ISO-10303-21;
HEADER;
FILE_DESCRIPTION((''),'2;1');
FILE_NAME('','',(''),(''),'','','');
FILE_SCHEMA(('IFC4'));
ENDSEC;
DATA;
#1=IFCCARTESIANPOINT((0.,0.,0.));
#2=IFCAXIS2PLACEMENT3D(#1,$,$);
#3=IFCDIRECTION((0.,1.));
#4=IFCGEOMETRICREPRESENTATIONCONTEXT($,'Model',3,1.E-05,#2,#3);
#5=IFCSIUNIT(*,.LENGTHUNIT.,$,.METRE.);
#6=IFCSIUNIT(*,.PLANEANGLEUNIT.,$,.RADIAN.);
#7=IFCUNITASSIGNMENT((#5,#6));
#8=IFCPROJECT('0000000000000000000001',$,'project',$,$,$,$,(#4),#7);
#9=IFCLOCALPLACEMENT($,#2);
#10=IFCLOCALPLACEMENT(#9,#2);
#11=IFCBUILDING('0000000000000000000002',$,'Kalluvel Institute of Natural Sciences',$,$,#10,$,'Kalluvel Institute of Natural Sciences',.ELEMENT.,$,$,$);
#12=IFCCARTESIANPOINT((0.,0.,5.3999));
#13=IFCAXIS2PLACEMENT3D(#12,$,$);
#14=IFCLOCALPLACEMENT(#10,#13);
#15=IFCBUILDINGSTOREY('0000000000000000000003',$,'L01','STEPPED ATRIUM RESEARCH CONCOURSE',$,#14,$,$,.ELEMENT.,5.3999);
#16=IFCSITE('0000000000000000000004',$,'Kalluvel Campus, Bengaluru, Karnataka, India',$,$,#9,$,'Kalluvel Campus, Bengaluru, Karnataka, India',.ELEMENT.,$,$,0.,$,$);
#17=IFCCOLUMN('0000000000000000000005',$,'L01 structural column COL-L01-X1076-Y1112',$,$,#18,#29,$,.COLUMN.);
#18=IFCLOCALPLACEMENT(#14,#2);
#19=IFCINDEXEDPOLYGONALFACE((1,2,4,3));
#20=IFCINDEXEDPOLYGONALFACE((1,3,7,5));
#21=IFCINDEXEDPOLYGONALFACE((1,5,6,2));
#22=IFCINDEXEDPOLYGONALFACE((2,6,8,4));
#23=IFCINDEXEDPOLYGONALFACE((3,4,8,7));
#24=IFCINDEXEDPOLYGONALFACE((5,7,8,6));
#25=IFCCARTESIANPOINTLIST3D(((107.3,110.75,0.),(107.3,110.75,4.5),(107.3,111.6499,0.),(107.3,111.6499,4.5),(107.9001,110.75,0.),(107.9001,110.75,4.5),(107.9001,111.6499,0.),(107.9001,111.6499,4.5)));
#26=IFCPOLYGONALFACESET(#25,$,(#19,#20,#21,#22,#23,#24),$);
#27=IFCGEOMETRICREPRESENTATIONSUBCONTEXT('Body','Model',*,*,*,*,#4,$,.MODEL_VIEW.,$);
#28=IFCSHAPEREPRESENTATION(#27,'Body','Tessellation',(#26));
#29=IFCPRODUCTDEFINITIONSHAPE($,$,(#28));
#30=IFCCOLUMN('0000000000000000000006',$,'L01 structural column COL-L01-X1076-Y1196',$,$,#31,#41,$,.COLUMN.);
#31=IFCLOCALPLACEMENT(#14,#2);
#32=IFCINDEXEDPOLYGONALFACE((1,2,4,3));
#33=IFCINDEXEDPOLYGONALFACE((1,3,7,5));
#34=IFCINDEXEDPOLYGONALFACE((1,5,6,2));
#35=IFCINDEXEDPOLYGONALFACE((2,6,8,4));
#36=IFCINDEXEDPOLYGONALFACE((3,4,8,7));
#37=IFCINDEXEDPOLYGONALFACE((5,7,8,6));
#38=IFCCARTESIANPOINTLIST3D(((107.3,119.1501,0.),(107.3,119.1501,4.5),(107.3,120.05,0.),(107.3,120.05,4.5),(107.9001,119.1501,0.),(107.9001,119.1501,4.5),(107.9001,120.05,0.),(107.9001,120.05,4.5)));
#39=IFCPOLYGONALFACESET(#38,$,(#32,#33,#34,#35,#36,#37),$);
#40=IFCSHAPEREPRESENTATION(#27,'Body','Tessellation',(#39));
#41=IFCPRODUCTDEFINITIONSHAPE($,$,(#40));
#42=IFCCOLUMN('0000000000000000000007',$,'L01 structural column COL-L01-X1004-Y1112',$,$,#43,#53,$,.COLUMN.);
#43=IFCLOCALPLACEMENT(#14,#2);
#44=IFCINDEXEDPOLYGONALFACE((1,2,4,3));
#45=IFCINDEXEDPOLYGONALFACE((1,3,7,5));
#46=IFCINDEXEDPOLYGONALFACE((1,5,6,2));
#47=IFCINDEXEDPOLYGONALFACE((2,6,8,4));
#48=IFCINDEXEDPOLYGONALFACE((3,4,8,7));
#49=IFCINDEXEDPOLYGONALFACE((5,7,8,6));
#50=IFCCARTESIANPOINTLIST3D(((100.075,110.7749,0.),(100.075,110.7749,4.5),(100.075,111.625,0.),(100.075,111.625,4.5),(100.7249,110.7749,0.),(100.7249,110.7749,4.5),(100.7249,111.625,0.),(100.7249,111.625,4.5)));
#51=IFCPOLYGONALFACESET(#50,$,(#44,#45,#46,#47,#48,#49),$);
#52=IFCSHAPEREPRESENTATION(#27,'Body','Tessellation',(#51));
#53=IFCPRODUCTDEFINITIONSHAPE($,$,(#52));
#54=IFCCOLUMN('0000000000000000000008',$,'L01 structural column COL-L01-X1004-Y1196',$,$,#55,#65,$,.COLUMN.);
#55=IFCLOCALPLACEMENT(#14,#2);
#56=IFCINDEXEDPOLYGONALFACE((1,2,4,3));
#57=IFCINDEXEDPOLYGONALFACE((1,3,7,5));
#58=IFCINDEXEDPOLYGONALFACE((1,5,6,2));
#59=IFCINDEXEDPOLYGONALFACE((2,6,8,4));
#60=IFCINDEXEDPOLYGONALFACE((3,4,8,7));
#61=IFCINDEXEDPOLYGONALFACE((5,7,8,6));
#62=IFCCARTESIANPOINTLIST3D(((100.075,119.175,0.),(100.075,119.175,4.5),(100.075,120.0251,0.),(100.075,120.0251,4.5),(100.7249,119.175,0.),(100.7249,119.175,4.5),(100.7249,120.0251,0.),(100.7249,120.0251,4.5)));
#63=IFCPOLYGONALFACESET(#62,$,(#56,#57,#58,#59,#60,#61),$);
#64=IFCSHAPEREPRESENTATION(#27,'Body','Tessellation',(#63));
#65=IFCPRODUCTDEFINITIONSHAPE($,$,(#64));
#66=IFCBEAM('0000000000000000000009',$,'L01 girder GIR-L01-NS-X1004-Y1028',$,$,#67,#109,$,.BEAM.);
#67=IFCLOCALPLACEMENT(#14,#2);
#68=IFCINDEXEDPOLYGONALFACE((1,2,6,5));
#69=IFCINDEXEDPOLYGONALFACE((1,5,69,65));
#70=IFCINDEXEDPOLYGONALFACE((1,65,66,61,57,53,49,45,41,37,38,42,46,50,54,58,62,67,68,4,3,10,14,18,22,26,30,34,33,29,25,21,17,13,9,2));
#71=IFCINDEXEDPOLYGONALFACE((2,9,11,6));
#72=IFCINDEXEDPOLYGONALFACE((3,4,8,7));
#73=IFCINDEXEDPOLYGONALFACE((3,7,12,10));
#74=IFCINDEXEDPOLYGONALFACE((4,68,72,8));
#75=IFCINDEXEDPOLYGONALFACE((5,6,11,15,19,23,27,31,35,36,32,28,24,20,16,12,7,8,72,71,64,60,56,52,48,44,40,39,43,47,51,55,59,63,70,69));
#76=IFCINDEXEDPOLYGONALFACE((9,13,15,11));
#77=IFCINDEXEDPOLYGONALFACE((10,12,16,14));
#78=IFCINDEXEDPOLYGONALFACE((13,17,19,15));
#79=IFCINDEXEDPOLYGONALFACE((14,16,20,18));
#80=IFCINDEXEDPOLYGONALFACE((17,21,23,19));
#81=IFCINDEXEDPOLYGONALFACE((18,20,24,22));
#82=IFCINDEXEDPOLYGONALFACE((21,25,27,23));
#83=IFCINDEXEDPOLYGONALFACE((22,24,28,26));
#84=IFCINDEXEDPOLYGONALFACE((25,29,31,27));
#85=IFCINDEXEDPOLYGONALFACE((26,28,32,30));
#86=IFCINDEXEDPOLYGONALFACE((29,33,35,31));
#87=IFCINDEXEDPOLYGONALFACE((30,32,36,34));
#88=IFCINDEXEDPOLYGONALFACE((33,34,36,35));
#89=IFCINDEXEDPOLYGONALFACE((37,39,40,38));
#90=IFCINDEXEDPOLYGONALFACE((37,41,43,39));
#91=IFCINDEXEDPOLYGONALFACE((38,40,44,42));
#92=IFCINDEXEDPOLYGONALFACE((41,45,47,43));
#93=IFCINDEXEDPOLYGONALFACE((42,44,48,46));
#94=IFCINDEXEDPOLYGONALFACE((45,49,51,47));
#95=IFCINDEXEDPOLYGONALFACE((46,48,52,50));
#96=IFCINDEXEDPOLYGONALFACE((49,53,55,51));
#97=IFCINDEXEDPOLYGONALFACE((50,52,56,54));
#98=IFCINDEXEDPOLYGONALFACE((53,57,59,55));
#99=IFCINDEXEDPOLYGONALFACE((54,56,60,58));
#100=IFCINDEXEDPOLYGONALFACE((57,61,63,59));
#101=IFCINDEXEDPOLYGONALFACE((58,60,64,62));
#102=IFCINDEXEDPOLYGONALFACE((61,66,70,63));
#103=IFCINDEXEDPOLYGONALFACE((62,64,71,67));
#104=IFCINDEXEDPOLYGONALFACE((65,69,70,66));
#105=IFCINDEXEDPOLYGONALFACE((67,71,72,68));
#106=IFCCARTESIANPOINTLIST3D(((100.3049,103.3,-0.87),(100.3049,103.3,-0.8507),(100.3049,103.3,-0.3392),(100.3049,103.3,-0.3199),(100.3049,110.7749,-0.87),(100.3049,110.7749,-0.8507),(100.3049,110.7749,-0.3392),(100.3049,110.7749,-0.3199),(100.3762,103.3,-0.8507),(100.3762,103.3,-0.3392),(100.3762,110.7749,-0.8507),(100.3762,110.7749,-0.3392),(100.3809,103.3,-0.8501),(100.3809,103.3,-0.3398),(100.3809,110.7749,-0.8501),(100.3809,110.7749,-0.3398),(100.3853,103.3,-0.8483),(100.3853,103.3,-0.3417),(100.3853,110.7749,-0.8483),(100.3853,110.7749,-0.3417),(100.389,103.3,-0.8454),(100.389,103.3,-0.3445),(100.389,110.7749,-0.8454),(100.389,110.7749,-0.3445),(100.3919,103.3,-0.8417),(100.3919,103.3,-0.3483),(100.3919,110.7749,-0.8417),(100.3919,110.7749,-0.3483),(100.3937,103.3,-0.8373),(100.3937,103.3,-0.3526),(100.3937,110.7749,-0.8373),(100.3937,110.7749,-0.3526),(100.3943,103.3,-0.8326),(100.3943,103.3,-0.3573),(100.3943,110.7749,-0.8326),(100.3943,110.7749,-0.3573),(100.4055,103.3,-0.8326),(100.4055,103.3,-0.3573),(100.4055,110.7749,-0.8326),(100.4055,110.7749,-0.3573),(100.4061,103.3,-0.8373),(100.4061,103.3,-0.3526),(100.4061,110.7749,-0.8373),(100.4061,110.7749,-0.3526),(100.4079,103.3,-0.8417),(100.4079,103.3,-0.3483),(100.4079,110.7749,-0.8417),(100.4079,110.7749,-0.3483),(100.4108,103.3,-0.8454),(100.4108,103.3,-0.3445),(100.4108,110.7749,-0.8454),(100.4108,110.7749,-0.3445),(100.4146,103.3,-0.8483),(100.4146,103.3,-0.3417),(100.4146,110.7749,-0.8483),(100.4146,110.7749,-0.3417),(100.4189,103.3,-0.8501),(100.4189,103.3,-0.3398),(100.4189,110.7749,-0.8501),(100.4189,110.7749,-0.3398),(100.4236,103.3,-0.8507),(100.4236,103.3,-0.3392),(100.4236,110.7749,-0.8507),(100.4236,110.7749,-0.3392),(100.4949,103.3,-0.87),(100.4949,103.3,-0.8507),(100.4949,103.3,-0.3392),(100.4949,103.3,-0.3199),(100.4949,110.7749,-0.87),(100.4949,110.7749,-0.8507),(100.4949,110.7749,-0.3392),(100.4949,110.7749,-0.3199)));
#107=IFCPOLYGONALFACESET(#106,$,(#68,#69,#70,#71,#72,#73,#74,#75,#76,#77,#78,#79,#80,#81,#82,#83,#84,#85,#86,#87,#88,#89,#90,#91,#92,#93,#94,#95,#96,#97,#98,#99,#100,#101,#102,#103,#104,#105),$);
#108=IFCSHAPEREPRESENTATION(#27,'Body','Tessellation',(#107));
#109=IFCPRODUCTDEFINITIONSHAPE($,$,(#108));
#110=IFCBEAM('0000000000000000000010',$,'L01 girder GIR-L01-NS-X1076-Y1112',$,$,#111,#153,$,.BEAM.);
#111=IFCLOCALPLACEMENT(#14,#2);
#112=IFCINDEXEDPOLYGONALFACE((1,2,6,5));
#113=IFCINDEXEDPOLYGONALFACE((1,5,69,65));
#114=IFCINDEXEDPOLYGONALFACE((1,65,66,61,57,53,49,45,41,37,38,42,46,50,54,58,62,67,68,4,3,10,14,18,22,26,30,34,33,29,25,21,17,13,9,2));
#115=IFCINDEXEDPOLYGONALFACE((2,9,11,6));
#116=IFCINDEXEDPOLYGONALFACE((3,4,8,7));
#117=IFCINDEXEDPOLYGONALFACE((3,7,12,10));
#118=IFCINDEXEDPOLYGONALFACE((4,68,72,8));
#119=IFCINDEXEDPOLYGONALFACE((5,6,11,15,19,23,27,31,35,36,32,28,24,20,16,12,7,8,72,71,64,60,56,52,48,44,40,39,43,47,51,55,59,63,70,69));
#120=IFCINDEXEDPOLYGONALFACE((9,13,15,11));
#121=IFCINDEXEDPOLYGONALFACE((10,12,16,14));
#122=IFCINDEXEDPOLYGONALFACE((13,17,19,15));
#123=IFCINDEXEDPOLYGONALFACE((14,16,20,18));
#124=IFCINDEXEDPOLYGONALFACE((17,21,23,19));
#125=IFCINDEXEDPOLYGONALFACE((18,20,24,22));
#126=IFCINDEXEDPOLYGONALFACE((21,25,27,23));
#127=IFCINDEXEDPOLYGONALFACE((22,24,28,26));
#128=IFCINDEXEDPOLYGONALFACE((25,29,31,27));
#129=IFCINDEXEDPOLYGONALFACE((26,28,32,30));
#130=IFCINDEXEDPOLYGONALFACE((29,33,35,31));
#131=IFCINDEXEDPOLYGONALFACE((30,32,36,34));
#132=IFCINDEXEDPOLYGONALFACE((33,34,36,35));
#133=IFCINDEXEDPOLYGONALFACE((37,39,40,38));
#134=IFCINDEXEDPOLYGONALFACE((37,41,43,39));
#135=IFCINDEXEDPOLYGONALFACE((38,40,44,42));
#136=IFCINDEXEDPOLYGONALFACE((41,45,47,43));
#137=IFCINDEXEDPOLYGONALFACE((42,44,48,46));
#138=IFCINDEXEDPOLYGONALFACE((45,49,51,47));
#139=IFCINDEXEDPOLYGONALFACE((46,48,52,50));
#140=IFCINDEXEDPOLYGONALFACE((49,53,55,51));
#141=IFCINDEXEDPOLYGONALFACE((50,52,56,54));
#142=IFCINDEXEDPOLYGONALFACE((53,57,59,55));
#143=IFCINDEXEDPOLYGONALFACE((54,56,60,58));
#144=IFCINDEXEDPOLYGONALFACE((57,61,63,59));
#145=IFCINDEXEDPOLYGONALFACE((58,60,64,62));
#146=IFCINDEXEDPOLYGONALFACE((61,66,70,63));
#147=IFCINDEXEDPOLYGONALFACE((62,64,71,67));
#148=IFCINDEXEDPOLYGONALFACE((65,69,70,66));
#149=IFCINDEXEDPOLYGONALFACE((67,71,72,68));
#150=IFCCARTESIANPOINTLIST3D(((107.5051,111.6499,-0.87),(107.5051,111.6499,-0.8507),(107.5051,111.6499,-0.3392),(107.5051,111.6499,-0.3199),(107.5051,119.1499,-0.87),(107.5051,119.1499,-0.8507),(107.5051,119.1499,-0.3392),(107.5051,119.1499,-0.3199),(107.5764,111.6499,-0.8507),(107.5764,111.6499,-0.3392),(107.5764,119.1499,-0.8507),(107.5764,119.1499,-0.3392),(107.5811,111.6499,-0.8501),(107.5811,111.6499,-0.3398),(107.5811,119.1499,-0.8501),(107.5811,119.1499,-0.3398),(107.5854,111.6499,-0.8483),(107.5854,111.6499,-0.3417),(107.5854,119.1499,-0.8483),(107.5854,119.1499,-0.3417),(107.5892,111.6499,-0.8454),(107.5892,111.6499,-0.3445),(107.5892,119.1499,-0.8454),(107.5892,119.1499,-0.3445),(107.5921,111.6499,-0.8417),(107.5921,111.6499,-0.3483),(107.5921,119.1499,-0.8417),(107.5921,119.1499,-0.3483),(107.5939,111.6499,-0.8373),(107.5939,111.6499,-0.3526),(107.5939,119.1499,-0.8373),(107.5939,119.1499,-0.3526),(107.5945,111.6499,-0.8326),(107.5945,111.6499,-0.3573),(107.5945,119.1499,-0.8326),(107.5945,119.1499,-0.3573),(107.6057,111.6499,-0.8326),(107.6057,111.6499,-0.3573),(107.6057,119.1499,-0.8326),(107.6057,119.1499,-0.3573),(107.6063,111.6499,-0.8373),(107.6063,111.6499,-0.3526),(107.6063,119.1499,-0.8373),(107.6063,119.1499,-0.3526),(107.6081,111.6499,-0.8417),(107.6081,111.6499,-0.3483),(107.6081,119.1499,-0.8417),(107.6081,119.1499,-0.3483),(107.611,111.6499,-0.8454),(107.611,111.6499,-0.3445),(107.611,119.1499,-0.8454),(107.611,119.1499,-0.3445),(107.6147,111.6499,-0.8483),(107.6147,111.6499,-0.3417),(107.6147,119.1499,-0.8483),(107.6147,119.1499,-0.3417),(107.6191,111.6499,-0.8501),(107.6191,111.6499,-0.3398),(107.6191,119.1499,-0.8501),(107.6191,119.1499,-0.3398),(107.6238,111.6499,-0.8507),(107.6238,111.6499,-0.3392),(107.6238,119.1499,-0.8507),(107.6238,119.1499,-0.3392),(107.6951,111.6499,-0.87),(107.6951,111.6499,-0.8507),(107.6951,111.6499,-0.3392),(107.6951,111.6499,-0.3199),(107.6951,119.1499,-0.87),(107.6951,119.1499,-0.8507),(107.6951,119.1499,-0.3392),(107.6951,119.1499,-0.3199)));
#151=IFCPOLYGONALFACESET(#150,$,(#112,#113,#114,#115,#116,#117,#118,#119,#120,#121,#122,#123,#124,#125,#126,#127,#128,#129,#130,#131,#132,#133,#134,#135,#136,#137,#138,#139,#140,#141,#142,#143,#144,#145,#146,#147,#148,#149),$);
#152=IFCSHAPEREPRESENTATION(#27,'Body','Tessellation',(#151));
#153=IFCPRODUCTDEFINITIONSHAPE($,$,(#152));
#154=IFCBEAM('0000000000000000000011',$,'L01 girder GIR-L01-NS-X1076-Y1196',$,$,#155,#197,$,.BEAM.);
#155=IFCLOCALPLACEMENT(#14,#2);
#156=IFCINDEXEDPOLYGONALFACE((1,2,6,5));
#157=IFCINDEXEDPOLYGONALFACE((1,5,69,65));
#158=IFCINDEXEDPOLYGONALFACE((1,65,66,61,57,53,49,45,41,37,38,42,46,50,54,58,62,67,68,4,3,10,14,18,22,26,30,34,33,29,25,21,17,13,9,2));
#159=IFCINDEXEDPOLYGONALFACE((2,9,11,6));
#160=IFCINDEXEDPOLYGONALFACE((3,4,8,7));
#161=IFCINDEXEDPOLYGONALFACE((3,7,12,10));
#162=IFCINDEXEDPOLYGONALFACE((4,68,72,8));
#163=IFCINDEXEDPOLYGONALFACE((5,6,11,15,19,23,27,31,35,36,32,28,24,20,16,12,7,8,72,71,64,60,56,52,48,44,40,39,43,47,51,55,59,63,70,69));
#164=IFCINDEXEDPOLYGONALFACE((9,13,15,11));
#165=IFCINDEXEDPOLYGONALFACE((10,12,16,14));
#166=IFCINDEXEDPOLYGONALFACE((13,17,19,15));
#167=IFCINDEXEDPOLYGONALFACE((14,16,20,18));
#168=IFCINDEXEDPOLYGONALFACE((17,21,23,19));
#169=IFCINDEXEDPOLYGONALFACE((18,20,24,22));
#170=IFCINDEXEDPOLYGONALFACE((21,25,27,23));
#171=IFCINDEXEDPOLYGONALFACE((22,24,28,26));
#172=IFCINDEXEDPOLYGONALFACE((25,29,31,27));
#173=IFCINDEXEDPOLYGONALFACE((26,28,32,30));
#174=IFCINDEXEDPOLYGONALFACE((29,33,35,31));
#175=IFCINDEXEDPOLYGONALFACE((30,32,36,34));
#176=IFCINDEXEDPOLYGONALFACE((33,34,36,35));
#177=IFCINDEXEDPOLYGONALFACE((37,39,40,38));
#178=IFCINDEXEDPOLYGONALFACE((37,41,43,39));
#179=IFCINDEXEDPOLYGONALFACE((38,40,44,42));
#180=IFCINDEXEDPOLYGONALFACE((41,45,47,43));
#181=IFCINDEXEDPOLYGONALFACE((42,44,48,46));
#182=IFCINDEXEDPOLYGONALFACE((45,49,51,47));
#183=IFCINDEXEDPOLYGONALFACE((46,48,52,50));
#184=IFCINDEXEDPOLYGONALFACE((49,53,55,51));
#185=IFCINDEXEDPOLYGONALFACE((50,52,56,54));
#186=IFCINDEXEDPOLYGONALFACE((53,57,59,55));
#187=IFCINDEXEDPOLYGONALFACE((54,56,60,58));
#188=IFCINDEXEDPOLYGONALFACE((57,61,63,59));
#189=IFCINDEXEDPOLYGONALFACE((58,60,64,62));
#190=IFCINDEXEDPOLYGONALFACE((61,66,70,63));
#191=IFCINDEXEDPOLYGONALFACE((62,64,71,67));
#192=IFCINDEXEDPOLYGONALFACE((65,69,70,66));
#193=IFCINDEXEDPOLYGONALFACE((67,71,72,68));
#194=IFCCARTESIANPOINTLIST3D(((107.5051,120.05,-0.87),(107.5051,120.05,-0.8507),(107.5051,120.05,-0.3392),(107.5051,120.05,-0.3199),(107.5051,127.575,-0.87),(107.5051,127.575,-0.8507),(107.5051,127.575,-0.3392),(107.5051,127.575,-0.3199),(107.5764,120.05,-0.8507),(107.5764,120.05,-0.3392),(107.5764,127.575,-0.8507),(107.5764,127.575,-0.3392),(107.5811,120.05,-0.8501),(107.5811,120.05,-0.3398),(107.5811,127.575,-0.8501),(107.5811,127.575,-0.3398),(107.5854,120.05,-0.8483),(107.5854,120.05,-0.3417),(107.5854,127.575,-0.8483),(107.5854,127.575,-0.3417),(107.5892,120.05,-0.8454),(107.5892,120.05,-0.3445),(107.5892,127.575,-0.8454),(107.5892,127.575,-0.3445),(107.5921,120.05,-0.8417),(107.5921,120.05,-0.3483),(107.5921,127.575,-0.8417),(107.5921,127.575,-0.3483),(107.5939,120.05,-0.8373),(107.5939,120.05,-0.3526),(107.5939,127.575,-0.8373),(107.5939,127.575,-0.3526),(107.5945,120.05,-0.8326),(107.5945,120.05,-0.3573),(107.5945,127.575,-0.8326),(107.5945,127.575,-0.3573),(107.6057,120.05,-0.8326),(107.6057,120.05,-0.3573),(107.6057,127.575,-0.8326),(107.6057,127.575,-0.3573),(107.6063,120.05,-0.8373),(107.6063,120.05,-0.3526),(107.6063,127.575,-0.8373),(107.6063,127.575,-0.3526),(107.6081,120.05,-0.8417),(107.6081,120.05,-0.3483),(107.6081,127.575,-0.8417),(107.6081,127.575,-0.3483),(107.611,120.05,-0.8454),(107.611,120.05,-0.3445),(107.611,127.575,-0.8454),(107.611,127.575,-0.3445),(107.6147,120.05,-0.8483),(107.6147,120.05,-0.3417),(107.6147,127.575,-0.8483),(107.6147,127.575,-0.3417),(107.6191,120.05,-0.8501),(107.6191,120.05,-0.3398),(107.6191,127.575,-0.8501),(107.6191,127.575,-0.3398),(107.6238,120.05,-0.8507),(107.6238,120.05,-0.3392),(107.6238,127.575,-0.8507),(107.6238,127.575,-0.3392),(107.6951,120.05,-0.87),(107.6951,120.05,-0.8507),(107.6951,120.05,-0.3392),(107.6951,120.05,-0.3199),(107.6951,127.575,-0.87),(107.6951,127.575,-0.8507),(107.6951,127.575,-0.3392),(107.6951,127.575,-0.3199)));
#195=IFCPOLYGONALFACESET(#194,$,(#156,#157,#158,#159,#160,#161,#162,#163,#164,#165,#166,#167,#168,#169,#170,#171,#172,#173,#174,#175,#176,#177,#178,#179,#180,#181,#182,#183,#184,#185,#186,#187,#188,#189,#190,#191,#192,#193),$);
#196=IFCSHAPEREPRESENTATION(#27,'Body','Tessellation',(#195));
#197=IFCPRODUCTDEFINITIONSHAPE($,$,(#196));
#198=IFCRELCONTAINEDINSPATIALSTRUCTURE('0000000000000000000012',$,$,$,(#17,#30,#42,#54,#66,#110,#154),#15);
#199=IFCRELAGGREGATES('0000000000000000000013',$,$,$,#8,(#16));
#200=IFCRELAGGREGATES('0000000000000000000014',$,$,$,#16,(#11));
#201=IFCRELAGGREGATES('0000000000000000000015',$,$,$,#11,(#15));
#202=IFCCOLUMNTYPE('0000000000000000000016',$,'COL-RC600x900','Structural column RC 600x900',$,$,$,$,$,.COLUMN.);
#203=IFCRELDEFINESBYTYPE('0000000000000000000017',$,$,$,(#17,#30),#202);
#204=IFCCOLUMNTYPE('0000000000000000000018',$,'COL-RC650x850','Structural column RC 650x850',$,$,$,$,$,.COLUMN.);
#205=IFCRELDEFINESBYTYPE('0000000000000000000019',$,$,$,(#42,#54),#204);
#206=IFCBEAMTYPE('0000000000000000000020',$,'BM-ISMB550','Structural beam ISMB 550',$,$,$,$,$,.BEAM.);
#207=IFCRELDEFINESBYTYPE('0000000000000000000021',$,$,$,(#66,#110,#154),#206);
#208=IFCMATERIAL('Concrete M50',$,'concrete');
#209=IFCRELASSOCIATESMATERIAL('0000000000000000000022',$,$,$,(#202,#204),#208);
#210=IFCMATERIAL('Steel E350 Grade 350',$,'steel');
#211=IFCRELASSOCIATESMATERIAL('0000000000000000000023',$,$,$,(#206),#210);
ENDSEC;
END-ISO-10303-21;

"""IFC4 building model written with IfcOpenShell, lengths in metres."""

from ifc_helpers import new_model, si_unit, direction, frame, origin, origin_2d, place, context, subcontext, project, spatial, rectangle, i_section, extrude, material, material_profile, profile_set, type_object, element, save


model = new_model("IFC4")

# Units and contexts
model_context = context("Model", 3, precision=1e-05, world=origin(), true_north=direction((0.0, 1.0)))
body_context = subcontext(model_context, "Body", "Model", "MODEL_VIEW")
ifc_project = project(units=[si_unit("LENGTHUNIT", "METRE"), si_unit("PLANEANGLEUNIT", "RADIAN")], contexts=[model_context])

# Site, building, storey
site_placement = place(None, origin())
site = spatial("IfcSite", under=ifc_project, at=site_placement, Name="Kalluvel Campus, Bengaluru, Karnataka, India", LongName="Kalluvel Campus, Bengaluru, Karnataka, India", CompositionType="ELEMENT", RefElevation=0.0)
building_placement = place(site_placement, origin())
building = spatial("IfcBuilding", under=site, at=building_placement, Name="Kalluvel Institute of Natural Sciences", LongName="Kalluvel Institute of Natural Sciences", CompositionType="ELEMENT")
storey_placement = place(building_placement, frame((0.0, 0.0, 5.3999)))
storey = spatial("IfcBuildingStorey", under=building, at=storey_placement, Name="L01", Description="STEPPED ATRIUM RESEARCH CONCOURSE", CompositionType="ELEMENT", Elevation=5.3999)

# Columns
ifc_material_1 = material(Name="Concrete M50", Category="concrete")
ifc_material_profile_1 = material_profile(ifc_material_1, rectangle(XDim=0.6001, YDim=0.8999, at=origin_2d()), Name="RC 600x900")
ifc_profile_set_1 = profile_set([ifc_material_profile_1], Name="Concrete M50")
column_type_1 = type_object("IfcColumnType", Name="COL-RC600x900", Description="Structural column RC 600x900", PredefinedType="COLUMN", material=ifc_profile_set_1)
for number, where, z_axis, x_axis, name in (
    (1, (107.6001, 111.2, 0.0), (0.0, 0.0, 1.0), (1.0, 0.0, 0.0), "L01 structural column COL-L01-X1076-Y1112"),
    (2, (107.6001, 119.6001, 0.0), (0.0, 0.0, 1.0), (1.0, 0.0, 0.0), "L01 structural column COL-L01-X1076-Y1196"),
):
    element("IfcColumn", number, at=place(storey_placement, frame(where, z_axis=z_axis, x_axis=x_axis)), inside=storey, type_object=column_type_1, Name=name, PredefinedType="COLUMN", context=body_context, shape_type="SweptSolid", body=[
        extrude(rectangle(XDim=0.6001, YDim=0.8999, at=origin_2d()), origin(), (0.0, 0.0, 1.0), 4.5),
    ])
ifc_material_profile_2 = material_profile(ifc_material_1, rectangle(XDim=0.6499, YDim=0.8501, at=origin_2d()), Name="RC 650x850")
ifc_profile_set_2 = profile_set([ifc_material_profile_2], Name="Concrete M50")
column_type_2 = type_object("IfcColumnType", Name="COL-RC650x850", Description="Structural column RC 650x850", PredefinedType="COLUMN", material=ifc_profile_set_2)
for number, where, z_axis, x_axis, name in (
    (3, (100.3999, 111.2, 0.0), (0.0, 0.0, 1.0), (1.0, 0.0, 0.0), "L01 structural column COL-L01-X1004-Y1112"),
    (4, (100.3999, 119.6001, 0.0), (0.0, 0.0, 1.0), (1.0, 0.0, 0.0), "L01 structural column COL-L01-X1004-Y1196"),
):
    element("IfcColumn", number, at=place(storey_placement, frame(where, z_axis=z_axis, x_axis=x_axis)), inside=storey, type_object=column_type_2, Name=name, PredefinedType="COLUMN", context=body_context, shape_type="SweptSolid", body=[
        extrude(rectangle(XDim=0.6499, YDim=0.8501, at=origin_2d()), origin(), (0.0, 0.0, 1.0), 4.5),
    ])

# Beams
ifc_material_2 = material(Name="Steel E350 Grade 350", Category="steel")
ifc_material_profile_3 = material_profile(ifc_material_2, i_section(OverallWidth=0.1899, OverallDepth=0.55, WebThickness=0.0112, FlangeThickness=0.0193, FilletRadius=0.0181, at=origin_2d()), Name="ISMB 550")
ifc_profile_set_3 = profile_set([ifc_material_profile_3], Name="Steel E350 Grade 350")
beam_type_1 = type_object("IfcBeamType", Name="BM-ISMB550", Description="Structural beam ISMB 550", PredefinedType="BEAM", material=ifc_profile_set_3)
beam_1_placement = place(storey_placement, frame((100.3999, 103.3, -0.595), z_axis=(0.0, 1.0, 0.0), x_axis=(-1.0, 0.0, 0.0)))
element("IfcBeam", 5, at=beam_1_placement, inside=storey, type_object=beam_type_1, Name="L01 girder GIR-L01-NS-X1004-Y1028", PredefinedType="BEAM", context=body_context, shape_type="SweptSolid", body=[
    extrude(i_section(OverallWidth=0.1899, OverallDepth=0.55, WebThickness=0.0112, FlangeThickness=0.0193, FilletRadius=0.0181, at=origin_2d()), origin(), (0.0, 0.0, 1.0), 7.4749),
])
beam_2_placement = place(storey_placement, frame((107.6001, 111.6499, -0.595), z_axis=(0.0, 1.0, 0.0), x_axis=(-1.0, 0.0, 0.0)))
element("IfcBeam", 6, at=beam_2_placement, inside=storey, type_object=beam_type_1, Name="L01 girder GIR-L01-NS-X1076-Y1112", PredefinedType="BEAM", context=body_context, shape_type="SweptSolid", body=[
    extrude(i_section(OverallWidth=0.1899, OverallDepth=0.55, WebThickness=0.0112, FlangeThickness=0.0193, FilletRadius=0.0181, at=origin_2d()), origin(), (0.0, 0.0, 1.0), 7.5),
])
beam_3_placement = place(storey_placement, frame((107.6001, 120.05, -0.595), z_axis=(0.0, 1.0, 0.0), x_axis=(-1.0, 0.0, 0.0)))
element("IfcBeam", 7, at=beam_3_placement, inside=storey, type_object=beam_type_1, Name="L01 girder GIR-L01-NS-X1076-Y1196", PredefinedType="BEAM", context=body_context, shape_type="SweptSolid", body=[
    extrude(i_section(OverallWidth=0.1899, OverallDepth=0.55, WebThickness=0.0112, FlangeThickness=0.0193, FilletRadius=0.0181, at=origin_2d()), origin(), (0.0, 0.0, 1.0), 7.5249),
])

save(model, "model.ifc")
